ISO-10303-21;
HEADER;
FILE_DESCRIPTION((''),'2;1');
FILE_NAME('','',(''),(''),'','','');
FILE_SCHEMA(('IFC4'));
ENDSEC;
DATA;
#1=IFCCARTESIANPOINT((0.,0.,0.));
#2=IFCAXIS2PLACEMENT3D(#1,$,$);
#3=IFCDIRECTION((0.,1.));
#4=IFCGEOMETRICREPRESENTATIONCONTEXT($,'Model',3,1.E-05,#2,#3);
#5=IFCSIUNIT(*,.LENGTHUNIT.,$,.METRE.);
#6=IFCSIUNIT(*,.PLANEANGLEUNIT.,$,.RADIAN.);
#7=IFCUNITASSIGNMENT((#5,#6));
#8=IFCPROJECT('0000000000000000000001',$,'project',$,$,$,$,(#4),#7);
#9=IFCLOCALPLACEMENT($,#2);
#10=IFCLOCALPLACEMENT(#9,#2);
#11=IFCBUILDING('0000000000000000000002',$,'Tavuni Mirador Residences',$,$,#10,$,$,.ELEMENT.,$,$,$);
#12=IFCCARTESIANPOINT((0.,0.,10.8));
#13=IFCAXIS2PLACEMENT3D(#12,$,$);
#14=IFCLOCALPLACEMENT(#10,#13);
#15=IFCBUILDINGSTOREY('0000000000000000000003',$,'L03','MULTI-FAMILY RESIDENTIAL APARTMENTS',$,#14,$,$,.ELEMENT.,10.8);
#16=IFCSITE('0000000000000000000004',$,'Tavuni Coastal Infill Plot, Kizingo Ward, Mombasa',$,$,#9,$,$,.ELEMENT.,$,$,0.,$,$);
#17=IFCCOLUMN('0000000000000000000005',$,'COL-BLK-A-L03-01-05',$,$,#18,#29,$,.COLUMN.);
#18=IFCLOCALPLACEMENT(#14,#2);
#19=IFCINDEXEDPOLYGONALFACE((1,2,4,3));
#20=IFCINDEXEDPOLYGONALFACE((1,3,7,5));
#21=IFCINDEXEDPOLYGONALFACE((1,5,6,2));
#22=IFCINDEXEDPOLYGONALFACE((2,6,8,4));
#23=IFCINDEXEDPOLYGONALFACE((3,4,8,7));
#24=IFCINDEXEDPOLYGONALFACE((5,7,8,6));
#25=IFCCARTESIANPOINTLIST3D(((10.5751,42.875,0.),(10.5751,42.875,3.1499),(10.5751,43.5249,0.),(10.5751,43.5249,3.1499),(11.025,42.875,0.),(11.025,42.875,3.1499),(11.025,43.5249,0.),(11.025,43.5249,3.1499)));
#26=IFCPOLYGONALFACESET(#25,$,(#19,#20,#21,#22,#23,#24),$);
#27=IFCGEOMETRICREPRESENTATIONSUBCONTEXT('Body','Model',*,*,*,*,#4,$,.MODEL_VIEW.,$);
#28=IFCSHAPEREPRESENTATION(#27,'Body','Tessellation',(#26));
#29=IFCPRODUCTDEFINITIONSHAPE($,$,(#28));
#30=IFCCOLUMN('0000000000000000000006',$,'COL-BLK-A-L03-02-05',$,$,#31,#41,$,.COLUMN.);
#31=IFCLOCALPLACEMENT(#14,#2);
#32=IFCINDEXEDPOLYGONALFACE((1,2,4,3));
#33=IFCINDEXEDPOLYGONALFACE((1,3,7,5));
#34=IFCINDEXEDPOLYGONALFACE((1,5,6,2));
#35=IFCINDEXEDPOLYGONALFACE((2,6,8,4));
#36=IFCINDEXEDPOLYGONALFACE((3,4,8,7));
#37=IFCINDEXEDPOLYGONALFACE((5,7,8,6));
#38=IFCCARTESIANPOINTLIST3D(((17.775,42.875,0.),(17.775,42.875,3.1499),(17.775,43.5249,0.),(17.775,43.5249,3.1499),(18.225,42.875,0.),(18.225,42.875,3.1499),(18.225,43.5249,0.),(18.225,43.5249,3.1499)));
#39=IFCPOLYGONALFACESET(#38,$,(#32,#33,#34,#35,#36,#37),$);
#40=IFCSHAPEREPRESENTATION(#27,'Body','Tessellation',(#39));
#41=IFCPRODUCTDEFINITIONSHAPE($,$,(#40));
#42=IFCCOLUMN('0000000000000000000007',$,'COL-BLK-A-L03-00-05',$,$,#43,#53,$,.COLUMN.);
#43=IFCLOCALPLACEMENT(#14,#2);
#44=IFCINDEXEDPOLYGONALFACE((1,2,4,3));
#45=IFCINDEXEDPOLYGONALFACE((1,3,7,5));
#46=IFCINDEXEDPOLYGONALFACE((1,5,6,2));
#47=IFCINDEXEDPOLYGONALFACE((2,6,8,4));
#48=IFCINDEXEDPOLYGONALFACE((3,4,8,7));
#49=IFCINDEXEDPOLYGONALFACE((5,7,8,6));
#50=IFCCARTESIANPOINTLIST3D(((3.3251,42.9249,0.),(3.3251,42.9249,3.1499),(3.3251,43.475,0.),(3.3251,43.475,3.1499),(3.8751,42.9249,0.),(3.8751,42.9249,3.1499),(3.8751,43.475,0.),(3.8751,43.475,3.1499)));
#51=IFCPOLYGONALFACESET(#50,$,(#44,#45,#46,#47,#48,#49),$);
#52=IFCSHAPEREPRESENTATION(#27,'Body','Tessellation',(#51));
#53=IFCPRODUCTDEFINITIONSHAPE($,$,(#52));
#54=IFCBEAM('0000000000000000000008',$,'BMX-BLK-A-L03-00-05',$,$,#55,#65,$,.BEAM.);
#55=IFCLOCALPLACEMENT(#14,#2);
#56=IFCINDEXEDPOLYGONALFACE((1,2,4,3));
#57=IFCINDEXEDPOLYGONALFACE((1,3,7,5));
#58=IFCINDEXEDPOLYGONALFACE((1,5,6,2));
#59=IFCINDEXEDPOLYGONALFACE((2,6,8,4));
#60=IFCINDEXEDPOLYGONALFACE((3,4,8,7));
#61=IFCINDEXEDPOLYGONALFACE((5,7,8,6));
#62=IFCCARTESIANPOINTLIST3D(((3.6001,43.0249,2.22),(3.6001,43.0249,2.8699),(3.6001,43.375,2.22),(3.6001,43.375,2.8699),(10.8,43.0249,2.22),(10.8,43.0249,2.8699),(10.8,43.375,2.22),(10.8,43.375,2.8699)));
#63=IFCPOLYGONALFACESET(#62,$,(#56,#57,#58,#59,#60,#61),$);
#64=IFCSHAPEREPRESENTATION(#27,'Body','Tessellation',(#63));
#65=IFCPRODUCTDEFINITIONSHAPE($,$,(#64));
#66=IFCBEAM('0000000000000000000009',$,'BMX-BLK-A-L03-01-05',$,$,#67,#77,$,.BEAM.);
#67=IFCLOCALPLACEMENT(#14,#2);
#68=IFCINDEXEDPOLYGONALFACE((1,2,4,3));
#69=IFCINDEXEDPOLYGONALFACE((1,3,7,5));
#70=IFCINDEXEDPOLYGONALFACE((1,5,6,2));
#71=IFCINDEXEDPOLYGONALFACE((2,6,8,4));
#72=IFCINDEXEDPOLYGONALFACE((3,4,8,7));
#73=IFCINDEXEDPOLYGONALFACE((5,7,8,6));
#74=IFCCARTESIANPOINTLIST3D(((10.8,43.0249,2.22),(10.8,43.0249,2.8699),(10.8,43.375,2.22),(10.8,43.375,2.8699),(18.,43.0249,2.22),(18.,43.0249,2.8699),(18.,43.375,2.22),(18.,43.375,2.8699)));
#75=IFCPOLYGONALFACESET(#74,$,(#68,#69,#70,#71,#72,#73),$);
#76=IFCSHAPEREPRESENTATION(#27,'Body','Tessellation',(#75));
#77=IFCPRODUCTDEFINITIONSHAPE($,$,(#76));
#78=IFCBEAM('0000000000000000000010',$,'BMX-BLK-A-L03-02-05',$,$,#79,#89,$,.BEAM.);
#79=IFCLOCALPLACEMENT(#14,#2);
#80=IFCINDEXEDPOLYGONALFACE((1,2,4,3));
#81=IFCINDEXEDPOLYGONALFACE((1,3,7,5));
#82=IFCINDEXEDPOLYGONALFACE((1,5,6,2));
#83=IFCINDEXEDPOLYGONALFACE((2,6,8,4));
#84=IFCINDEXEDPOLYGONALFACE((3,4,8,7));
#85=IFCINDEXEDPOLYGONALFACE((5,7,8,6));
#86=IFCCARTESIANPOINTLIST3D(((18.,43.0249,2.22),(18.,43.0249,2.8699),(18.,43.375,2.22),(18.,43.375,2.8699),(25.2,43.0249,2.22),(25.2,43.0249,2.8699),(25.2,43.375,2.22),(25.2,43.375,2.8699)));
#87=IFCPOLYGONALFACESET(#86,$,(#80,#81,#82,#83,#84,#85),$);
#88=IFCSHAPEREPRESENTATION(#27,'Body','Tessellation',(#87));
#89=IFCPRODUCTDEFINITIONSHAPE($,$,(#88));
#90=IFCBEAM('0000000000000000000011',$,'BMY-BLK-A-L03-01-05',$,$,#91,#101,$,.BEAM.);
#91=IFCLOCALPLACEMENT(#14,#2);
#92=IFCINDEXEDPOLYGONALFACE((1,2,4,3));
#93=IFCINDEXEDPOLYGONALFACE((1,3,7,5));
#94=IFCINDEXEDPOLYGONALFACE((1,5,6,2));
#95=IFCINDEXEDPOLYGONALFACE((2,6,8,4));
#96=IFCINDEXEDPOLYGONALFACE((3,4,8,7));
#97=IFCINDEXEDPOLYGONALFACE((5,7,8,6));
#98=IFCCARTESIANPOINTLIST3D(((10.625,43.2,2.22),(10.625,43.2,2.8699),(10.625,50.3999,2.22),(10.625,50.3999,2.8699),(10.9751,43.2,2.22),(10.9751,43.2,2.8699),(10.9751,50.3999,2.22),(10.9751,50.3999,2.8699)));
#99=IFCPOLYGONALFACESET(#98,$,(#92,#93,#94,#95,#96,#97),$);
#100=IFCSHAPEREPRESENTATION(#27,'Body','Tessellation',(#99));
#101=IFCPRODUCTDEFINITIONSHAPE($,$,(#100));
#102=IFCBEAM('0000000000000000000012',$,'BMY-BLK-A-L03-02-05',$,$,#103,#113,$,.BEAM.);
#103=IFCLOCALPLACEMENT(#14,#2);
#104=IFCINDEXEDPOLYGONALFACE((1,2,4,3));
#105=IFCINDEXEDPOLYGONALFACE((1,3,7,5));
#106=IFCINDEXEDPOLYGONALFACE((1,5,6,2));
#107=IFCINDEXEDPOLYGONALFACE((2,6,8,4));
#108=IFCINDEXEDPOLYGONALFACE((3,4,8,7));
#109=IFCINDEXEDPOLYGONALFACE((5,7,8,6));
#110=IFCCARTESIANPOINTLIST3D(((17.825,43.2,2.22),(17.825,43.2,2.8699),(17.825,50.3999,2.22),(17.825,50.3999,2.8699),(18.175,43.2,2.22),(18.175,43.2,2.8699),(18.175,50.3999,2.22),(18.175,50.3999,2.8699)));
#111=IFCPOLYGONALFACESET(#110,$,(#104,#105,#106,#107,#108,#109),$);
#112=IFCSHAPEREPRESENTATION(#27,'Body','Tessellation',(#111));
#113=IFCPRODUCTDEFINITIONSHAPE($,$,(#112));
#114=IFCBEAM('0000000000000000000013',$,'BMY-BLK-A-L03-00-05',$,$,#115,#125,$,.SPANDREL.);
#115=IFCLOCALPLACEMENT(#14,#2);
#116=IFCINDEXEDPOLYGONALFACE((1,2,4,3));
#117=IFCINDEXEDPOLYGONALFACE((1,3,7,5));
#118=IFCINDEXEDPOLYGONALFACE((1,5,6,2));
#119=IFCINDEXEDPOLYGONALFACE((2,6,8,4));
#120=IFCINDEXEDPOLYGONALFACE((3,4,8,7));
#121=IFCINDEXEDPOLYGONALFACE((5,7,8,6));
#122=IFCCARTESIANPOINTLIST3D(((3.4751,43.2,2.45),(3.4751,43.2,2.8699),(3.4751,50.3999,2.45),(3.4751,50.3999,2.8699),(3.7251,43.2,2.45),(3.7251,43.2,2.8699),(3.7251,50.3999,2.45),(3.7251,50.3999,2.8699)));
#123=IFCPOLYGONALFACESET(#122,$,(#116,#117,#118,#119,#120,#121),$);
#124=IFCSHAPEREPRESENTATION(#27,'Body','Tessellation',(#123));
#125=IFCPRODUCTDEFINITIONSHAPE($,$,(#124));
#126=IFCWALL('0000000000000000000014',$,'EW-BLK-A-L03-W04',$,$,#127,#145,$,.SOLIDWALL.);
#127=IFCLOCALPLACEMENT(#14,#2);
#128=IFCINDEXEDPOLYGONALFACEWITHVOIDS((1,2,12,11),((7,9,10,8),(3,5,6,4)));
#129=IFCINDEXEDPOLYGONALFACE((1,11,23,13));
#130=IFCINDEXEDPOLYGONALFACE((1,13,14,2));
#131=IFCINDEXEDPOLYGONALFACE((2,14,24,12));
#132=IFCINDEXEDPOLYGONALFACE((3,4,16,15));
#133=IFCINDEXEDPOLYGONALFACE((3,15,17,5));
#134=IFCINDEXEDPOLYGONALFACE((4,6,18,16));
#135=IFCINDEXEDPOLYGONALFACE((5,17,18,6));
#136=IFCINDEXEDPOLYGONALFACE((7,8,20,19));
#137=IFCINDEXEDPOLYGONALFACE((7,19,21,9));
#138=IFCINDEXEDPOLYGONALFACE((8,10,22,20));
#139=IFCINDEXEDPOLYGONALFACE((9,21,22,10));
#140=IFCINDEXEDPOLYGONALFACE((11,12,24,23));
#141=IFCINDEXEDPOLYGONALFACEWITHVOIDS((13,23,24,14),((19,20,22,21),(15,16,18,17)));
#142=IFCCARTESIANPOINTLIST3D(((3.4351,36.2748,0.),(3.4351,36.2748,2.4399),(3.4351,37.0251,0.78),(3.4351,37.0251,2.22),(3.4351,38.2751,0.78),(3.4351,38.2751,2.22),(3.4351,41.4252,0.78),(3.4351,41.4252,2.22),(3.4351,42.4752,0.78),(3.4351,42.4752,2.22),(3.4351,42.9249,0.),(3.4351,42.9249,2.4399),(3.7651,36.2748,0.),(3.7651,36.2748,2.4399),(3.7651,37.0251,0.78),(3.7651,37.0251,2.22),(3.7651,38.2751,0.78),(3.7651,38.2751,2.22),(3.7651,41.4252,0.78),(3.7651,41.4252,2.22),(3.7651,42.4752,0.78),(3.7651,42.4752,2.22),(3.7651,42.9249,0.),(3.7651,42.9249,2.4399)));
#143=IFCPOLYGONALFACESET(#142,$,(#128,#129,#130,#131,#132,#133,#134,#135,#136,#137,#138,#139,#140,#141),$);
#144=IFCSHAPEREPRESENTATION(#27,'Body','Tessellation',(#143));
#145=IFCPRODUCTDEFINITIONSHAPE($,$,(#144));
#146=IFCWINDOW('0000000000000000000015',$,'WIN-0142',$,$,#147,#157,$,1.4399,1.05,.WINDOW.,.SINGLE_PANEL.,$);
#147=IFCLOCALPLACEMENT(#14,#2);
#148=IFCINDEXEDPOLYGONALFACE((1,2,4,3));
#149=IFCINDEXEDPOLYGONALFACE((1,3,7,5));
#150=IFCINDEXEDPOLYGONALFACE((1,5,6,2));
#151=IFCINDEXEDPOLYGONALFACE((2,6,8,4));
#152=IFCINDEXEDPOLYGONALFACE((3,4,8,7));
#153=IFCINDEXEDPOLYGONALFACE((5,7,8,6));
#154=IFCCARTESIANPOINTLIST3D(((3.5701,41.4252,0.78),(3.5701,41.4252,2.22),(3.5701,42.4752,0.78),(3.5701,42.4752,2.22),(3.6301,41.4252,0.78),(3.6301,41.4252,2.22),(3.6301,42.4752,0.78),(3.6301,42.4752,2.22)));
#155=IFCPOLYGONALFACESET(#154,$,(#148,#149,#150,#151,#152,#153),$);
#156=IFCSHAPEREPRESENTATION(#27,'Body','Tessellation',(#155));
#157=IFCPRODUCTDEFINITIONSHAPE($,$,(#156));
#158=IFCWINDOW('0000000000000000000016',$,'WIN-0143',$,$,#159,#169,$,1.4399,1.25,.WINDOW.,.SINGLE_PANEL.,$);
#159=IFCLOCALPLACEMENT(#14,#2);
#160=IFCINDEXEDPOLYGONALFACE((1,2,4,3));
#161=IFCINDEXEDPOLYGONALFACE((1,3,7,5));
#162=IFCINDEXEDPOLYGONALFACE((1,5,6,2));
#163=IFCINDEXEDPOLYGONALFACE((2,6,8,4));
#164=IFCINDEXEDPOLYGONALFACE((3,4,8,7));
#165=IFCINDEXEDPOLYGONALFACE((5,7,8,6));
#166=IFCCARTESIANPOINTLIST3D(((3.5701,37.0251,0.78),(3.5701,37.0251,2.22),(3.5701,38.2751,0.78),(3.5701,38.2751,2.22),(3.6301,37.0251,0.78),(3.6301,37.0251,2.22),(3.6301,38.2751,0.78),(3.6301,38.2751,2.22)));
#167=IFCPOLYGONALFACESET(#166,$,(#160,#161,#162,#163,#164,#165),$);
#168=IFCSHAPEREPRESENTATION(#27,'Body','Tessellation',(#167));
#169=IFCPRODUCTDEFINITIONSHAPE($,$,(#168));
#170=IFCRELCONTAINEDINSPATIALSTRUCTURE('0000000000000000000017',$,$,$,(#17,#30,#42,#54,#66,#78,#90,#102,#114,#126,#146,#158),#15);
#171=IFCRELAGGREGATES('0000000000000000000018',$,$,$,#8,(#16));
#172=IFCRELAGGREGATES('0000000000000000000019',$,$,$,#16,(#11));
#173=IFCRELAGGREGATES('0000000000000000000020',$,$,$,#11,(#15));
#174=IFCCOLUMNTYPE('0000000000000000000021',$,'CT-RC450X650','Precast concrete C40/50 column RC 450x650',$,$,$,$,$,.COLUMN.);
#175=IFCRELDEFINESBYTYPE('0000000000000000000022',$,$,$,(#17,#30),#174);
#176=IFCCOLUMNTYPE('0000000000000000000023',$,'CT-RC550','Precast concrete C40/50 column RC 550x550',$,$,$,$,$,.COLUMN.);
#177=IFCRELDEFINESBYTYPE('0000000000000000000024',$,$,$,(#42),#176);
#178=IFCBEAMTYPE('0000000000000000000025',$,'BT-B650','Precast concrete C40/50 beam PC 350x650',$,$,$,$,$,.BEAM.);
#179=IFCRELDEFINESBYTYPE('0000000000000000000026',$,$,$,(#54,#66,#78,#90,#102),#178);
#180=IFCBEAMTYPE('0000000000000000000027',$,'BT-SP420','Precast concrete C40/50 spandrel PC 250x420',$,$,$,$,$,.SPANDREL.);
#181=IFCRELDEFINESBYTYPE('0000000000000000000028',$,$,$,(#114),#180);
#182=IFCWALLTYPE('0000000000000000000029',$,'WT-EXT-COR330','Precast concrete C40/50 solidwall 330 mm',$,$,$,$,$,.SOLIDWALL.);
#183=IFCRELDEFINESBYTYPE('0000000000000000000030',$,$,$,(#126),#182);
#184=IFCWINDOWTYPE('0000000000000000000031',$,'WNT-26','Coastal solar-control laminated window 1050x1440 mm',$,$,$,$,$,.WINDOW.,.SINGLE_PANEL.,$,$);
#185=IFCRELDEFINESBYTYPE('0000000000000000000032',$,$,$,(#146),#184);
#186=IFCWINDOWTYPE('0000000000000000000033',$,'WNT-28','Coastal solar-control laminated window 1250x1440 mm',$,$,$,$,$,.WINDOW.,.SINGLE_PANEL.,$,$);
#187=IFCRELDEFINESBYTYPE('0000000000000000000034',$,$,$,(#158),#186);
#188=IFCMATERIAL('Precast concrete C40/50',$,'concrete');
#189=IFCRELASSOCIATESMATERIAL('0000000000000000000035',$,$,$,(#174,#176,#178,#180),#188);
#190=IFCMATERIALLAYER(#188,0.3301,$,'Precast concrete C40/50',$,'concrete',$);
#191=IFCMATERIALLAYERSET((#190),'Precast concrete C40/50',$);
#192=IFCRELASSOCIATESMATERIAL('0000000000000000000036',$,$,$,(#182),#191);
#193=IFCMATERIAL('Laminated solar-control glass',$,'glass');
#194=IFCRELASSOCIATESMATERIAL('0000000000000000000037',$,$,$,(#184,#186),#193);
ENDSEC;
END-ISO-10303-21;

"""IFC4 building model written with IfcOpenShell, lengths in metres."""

from ifc_helpers import new_model, si_unit, direction, frame, frame_2d, origin, origin_2d, place, context, subcontext, project, spatial, rectangle, extrude, material, layer, layer_set, material_profile, profile_set, type_object, element, fill, save


model = new_model("IFC4")

# Units and contexts
model_context = context("Model", 3, precision=1e-05, world=origin(), true_north=direction((0.0, 1.0)))
body_context = subcontext(model_context, "Body", "Model", "MODEL_VIEW")
ifc_project = project(units=[si_unit("LENGTHUNIT", "METRE"), si_unit("PLANEANGLEUNIT", "RADIAN")], contexts=[model_context])

# Site, building, storey
site_placement = place(None, origin())
site = spatial("IfcSite", under=ifc_project, at=site_placement, Name="Tavuni Coastal Infill Plot, Kizingo Ward, Mombasa", CompositionType="ELEMENT", RefElevation=0.0)
building_placement = place(site_placement, origin())
building = spatial("IfcBuilding", under=site, at=building_placement, Name="Tavuni Mirador Residences", CompositionType="ELEMENT")
storey_placement = place(building_placement, frame((0.0, 0.0, 10.8)))
storey = spatial("IfcBuildingStorey", under=building, at=storey_placement, Name="L03", Description="MULTI-FAMILY RESIDENTIAL APARTMENTS", CompositionType="ELEMENT", Elevation=10.8)

# Columns
ifc_material_1 = material(Name="Precast concrete C40/50", Category="concrete")
ifc_material_profile_1 = material_profile(ifc_material_1, rectangle(XDim=0.45, YDim=0.6499, at=origin_2d()), Name="RC 450x650", Category="concrete")
ifc_profile_set_1 = profile_set([ifc_material_profile_1], Name="Precast concrete C40/50")
column_type_1 = type_object("IfcColumnType", Name="CT-RC450X650", Description="Precast concrete C40/50 column RC 450x650", PredefinedType="COLUMN", material=ifc_profile_set_1)
for number, where, z_axis, x_axis, name in (
    (1, (10.8, 43.2, 0.0), (0.0, 0.0, 1.0), (1.0, 0.0, 0.0), "COL-BLK-A-L03-01-05"),
    (2, (18.0, 43.2, 0.0), (0.0, 0.0, 1.0), (1.0, 0.0, 0.0), "COL-BLK-A-L03-02-05"),
):
    element("IfcColumn", number, at=place(storey_placement, frame(where, z_axis=z_axis, x_axis=x_axis)), inside=storey, type_object=column_type_1, Name=name, PredefinedType="COLUMN", context=body_context, shape_type="SweptSolid", body=[
        extrude(rectangle(XDim=0.45, YDim=0.6499, at=origin_2d()), origin(), (0.0, 0.0, 1.0), 3.1499),
    ])
ifc_material_profile_2 = material_profile(ifc_material_1, rectangle(XDim=0.55, YDim=0.55, at=origin_2d()), Name="RC 550x550", Category="concrete")
ifc_profile_set_2 = profile_set([ifc_material_profile_2], Name="Precast concrete C40/50")
column_type_2 = type_object("IfcColumnType", Name="CT-RC550", Description="Precast concrete C40/50 column RC 550x550", PredefinedType="COLUMN", material=ifc_profile_set_2)
column_placement = place(storey_placement, frame((3.6001, 43.2, 0.0), z_axis=(0.0, 0.0, 1.0), x_axis=(1.0, 0.0, 0.0)))
element("IfcColumn", 3, at=column_placement, inside=storey, type_object=column_type_2, Name="COL-BLK-A-L03-00-05", PredefinedType="COLUMN", context=body_context, shape_type="SweptSolid", body=[
    extrude(rectangle(XDim=0.55, YDim=0.55, at=origin_2d()), origin(), (0.0, 0.0, 1.0), 3.1499),
])

# Beams
ifc_material_profile_3 = material_profile(ifc_material_1, rectangle(XDim=0.3501, YDim=0.6499, at=origin_2d()), Name="PC 350x650", Category="concrete")
ifc_profile_set_3 = profile_set([ifc_material_profile_3], Name="Precast concrete C40/50")
beam_type_1 = type_object("IfcBeamType", Name="BT-B650", Description="Precast concrete C40/50 beam PC 350x650", PredefinedType="BEAM", material=ifc_profile_set_3)
for number, where, z_axis, x_axis, name in (
    (4, (3.6001, 43.2, 2.5449), (1.0, 0.0, 0.0), (0.0, 1.0, 0.0), "BMX-BLK-A-L03-00-05"),
    (5, (10.8, 43.2, 2.5449), (1.0, 0.0, 0.0), (0.0, 1.0, 0.0), "BMX-BLK-A-L03-01-05"),
    (6, (18.0, 43.2, 2.5449), (1.0, 0.0, 0.0), (0.0, 1.0, 0.0), "BMX-BLK-A-L03-02-05"),
    (7, (10.8, 43.2, 2.5449), (0.0, 1.0, 0.0), (-1.0, 0.0, 0.0), "BMY-BLK-A-L03-01-05"),
    (8, (18.0, 43.2, 2.5449), (0.0, 1.0, 0.0), (-1.0, 0.0, 0.0), "BMY-BLK-A-L03-02-05"),
):
    element("IfcBeam", number, at=place(storey_placement, frame(where, z_axis=z_axis, x_axis=x_axis)), inside=storey, type_object=beam_type_1, Name=name, PredefinedType="BEAM", context=body_context, shape_type="SweptSolid", body=[
        extrude(rectangle(XDim=0.3501, YDim=0.6499, at=origin_2d()), origin(), (0.0, 0.0, 1.0), 7.2),
    ])
ifc_material_profile_4 = material_profile(ifc_material_1, rectangle(XDim=0.25, YDim=0.4199, at=origin_2d()), Name="PC 250x420", Category="concrete")
ifc_profile_set_4 = profile_set([ifc_material_profile_4], Name="Precast concrete C40/50")
beam_type_2 = type_object("IfcBeamType", Name="BT-SP420", Description="Precast concrete C40/50 spandrel PC 250x420", PredefinedType="SPANDREL", material=ifc_profile_set_4)
beam_placement = place(storey_placement, frame((3.6001, 43.2, 2.6599), z_axis=(0.0, 1.0, 0.0), x_axis=(-1.0, 0.0, 0.0)))
element("IfcBeam", 9, at=beam_placement, inside=storey, type_object=beam_type_2, Name="BMY-BLK-A-L03-00-05", PredefinedType="SPANDREL", context=body_context, shape_type="SweptSolid", body=[
    extrude(rectangle(XDim=0.25, YDim=0.4199, at=origin_2d()), origin(), (0.0, 0.0, 1.0), 7.2),
])

# Wall, openings, windows
ifc_layer_1 = layer(ifc_material_1, 0.3301, Name="Precast concrete C40/50", Category="concrete")
ifc_layer_set_1 = layer_set([ifc_layer_1], Name="Precast concrete C40/50")
wall_type_1 = type_object("IfcWallType", Name="WT-EXT-COR330", Description="Precast concrete C40/50 solidwall 330 mm", PredefinedType="SOLIDWALL", material=ifc_layer_set_1)
wall_1_placement = place(storey_placement, frame((3.6001, 42.925, 0.0), z_axis=(0.0, 0.0, 1.0), x_axis=(0.0, -1.0, 0.0)))
wall_1 = element("IfcWall", 10, at=wall_1_placement, inside=storey, type_object=wall_type_1, Name="EW-BLK-A-L03-W04", PredefinedType="SOLIDWALL", context=body_context, shape_type="SweptSolid", body=[
    extrude(rectangle(XDim=6.6501, YDim=0.3301, at=frame_2d((3.3252, 0.0))), origin(), (0.0, 0.0, 1.0), 2.4399),
])
opening_1_placement = place(wall_1_placement, frame((0.45, 0.0, 0.78)))
opening_1 = element("IfcOpeningElement", 11, at=opening_1_placement, cuts=wall_1, PredefinedType="OPENING", context=body_context, shape_type="SweptSolid", body=[
    extrude(rectangle(XDim=1.05, YDim=1.4399, at=frame_2d((0.5249, 0.72))), frame((0.0, 0.175, 0.0), z_axis=(0.0, -1.0, 0.0), x_axis=(1.0, 0.0, 0.0)), (0.0, 0.0, 1.0), 0.3501),
])
opening_2_placement = place(wall_1_placement, frame((4.6499, 0.0, 0.78)))
opening_2 = element("IfcOpeningElement", 12, at=opening_2_placement, cuts=wall_1, PredefinedType="OPENING", context=body_context, shape_type="SweptSolid", body=[
    extrude(rectangle(XDim=1.25, YDim=1.4399, at=frame_2d((0.625, 0.72))), frame((0.0, 0.175, 0.0), z_axis=(0.0, -1.0, 0.0), x_axis=(1.0, 0.0, 0.0)), (0.0, 0.0, 1.0), 0.3501),
])
ifc_material_2 = material(Name="Laminated solar-control glass", Category="glass")
window_type_1 = type_object("IfcWindowType", Name="WNT-26", Description="Coastal solar-control laminated window 1050x1440 mm", PartitioningType="SINGLE_PANEL", PredefinedType="WINDOW", material=ifc_material_2)
window_1_placement = place(opening_1_placement, origin())
window_1 = element("IfcWindow", 13, at=window_1_placement, inside=storey, type_object=window_type_1, Name="WIN-0142", OverallHeight=1.4399, OverallWidth=1.05, PartitioningType="SINGLE_PANEL", PredefinedType="WINDOW", context=body_context, shape_type="SweptSolid", body=[
    extrude(rectangle(XDim=1.05, YDim=1.4399, at=frame_2d((0.5249, 0.72))), frame((0.0, 0.03, 0.0), z_axis=(0.0, -1.0, 0.0), x_axis=(1.0, 0.0, 0.0)), (0.0, 0.0, 1.0), 0.0601),
])
fill(opening_1, window_1)
window_type_2 = type_object("IfcWindowType", Name="WNT-28", Description="Coastal solar-control laminated window 1250x1440 mm", PartitioningType="SINGLE_PANEL", PredefinedType="WINDOW", material=ifc_material_2)
window_2_placement = place(opening_2_placement, origin())
window_2 = element("IfcWindow", 14, at=window_2_placement, inside=storey, type_object=window_type_2, Name="WIN-0143", OverallHeight=1.4399, OverallWidth=1.25, PartitioningType="SINGLE_PANEL", PredefinedType="WINDOW", context=body_context, shape_type="SweptSolid", body=[
    extrude(rectangle(XDim=1.25, YDim=1.4399, at=frame_2d((0.625, 0.72))), frame((0.0, 0.03, 0.0), z_axis=(0.0, -1.0, 0.0), x_axis=(1.0, 0.0, 0.0)), (0.0, 0.0, 1.0), 0.0601),
])
fill(opening_2, window_2)

save(model, "model.ifc")
